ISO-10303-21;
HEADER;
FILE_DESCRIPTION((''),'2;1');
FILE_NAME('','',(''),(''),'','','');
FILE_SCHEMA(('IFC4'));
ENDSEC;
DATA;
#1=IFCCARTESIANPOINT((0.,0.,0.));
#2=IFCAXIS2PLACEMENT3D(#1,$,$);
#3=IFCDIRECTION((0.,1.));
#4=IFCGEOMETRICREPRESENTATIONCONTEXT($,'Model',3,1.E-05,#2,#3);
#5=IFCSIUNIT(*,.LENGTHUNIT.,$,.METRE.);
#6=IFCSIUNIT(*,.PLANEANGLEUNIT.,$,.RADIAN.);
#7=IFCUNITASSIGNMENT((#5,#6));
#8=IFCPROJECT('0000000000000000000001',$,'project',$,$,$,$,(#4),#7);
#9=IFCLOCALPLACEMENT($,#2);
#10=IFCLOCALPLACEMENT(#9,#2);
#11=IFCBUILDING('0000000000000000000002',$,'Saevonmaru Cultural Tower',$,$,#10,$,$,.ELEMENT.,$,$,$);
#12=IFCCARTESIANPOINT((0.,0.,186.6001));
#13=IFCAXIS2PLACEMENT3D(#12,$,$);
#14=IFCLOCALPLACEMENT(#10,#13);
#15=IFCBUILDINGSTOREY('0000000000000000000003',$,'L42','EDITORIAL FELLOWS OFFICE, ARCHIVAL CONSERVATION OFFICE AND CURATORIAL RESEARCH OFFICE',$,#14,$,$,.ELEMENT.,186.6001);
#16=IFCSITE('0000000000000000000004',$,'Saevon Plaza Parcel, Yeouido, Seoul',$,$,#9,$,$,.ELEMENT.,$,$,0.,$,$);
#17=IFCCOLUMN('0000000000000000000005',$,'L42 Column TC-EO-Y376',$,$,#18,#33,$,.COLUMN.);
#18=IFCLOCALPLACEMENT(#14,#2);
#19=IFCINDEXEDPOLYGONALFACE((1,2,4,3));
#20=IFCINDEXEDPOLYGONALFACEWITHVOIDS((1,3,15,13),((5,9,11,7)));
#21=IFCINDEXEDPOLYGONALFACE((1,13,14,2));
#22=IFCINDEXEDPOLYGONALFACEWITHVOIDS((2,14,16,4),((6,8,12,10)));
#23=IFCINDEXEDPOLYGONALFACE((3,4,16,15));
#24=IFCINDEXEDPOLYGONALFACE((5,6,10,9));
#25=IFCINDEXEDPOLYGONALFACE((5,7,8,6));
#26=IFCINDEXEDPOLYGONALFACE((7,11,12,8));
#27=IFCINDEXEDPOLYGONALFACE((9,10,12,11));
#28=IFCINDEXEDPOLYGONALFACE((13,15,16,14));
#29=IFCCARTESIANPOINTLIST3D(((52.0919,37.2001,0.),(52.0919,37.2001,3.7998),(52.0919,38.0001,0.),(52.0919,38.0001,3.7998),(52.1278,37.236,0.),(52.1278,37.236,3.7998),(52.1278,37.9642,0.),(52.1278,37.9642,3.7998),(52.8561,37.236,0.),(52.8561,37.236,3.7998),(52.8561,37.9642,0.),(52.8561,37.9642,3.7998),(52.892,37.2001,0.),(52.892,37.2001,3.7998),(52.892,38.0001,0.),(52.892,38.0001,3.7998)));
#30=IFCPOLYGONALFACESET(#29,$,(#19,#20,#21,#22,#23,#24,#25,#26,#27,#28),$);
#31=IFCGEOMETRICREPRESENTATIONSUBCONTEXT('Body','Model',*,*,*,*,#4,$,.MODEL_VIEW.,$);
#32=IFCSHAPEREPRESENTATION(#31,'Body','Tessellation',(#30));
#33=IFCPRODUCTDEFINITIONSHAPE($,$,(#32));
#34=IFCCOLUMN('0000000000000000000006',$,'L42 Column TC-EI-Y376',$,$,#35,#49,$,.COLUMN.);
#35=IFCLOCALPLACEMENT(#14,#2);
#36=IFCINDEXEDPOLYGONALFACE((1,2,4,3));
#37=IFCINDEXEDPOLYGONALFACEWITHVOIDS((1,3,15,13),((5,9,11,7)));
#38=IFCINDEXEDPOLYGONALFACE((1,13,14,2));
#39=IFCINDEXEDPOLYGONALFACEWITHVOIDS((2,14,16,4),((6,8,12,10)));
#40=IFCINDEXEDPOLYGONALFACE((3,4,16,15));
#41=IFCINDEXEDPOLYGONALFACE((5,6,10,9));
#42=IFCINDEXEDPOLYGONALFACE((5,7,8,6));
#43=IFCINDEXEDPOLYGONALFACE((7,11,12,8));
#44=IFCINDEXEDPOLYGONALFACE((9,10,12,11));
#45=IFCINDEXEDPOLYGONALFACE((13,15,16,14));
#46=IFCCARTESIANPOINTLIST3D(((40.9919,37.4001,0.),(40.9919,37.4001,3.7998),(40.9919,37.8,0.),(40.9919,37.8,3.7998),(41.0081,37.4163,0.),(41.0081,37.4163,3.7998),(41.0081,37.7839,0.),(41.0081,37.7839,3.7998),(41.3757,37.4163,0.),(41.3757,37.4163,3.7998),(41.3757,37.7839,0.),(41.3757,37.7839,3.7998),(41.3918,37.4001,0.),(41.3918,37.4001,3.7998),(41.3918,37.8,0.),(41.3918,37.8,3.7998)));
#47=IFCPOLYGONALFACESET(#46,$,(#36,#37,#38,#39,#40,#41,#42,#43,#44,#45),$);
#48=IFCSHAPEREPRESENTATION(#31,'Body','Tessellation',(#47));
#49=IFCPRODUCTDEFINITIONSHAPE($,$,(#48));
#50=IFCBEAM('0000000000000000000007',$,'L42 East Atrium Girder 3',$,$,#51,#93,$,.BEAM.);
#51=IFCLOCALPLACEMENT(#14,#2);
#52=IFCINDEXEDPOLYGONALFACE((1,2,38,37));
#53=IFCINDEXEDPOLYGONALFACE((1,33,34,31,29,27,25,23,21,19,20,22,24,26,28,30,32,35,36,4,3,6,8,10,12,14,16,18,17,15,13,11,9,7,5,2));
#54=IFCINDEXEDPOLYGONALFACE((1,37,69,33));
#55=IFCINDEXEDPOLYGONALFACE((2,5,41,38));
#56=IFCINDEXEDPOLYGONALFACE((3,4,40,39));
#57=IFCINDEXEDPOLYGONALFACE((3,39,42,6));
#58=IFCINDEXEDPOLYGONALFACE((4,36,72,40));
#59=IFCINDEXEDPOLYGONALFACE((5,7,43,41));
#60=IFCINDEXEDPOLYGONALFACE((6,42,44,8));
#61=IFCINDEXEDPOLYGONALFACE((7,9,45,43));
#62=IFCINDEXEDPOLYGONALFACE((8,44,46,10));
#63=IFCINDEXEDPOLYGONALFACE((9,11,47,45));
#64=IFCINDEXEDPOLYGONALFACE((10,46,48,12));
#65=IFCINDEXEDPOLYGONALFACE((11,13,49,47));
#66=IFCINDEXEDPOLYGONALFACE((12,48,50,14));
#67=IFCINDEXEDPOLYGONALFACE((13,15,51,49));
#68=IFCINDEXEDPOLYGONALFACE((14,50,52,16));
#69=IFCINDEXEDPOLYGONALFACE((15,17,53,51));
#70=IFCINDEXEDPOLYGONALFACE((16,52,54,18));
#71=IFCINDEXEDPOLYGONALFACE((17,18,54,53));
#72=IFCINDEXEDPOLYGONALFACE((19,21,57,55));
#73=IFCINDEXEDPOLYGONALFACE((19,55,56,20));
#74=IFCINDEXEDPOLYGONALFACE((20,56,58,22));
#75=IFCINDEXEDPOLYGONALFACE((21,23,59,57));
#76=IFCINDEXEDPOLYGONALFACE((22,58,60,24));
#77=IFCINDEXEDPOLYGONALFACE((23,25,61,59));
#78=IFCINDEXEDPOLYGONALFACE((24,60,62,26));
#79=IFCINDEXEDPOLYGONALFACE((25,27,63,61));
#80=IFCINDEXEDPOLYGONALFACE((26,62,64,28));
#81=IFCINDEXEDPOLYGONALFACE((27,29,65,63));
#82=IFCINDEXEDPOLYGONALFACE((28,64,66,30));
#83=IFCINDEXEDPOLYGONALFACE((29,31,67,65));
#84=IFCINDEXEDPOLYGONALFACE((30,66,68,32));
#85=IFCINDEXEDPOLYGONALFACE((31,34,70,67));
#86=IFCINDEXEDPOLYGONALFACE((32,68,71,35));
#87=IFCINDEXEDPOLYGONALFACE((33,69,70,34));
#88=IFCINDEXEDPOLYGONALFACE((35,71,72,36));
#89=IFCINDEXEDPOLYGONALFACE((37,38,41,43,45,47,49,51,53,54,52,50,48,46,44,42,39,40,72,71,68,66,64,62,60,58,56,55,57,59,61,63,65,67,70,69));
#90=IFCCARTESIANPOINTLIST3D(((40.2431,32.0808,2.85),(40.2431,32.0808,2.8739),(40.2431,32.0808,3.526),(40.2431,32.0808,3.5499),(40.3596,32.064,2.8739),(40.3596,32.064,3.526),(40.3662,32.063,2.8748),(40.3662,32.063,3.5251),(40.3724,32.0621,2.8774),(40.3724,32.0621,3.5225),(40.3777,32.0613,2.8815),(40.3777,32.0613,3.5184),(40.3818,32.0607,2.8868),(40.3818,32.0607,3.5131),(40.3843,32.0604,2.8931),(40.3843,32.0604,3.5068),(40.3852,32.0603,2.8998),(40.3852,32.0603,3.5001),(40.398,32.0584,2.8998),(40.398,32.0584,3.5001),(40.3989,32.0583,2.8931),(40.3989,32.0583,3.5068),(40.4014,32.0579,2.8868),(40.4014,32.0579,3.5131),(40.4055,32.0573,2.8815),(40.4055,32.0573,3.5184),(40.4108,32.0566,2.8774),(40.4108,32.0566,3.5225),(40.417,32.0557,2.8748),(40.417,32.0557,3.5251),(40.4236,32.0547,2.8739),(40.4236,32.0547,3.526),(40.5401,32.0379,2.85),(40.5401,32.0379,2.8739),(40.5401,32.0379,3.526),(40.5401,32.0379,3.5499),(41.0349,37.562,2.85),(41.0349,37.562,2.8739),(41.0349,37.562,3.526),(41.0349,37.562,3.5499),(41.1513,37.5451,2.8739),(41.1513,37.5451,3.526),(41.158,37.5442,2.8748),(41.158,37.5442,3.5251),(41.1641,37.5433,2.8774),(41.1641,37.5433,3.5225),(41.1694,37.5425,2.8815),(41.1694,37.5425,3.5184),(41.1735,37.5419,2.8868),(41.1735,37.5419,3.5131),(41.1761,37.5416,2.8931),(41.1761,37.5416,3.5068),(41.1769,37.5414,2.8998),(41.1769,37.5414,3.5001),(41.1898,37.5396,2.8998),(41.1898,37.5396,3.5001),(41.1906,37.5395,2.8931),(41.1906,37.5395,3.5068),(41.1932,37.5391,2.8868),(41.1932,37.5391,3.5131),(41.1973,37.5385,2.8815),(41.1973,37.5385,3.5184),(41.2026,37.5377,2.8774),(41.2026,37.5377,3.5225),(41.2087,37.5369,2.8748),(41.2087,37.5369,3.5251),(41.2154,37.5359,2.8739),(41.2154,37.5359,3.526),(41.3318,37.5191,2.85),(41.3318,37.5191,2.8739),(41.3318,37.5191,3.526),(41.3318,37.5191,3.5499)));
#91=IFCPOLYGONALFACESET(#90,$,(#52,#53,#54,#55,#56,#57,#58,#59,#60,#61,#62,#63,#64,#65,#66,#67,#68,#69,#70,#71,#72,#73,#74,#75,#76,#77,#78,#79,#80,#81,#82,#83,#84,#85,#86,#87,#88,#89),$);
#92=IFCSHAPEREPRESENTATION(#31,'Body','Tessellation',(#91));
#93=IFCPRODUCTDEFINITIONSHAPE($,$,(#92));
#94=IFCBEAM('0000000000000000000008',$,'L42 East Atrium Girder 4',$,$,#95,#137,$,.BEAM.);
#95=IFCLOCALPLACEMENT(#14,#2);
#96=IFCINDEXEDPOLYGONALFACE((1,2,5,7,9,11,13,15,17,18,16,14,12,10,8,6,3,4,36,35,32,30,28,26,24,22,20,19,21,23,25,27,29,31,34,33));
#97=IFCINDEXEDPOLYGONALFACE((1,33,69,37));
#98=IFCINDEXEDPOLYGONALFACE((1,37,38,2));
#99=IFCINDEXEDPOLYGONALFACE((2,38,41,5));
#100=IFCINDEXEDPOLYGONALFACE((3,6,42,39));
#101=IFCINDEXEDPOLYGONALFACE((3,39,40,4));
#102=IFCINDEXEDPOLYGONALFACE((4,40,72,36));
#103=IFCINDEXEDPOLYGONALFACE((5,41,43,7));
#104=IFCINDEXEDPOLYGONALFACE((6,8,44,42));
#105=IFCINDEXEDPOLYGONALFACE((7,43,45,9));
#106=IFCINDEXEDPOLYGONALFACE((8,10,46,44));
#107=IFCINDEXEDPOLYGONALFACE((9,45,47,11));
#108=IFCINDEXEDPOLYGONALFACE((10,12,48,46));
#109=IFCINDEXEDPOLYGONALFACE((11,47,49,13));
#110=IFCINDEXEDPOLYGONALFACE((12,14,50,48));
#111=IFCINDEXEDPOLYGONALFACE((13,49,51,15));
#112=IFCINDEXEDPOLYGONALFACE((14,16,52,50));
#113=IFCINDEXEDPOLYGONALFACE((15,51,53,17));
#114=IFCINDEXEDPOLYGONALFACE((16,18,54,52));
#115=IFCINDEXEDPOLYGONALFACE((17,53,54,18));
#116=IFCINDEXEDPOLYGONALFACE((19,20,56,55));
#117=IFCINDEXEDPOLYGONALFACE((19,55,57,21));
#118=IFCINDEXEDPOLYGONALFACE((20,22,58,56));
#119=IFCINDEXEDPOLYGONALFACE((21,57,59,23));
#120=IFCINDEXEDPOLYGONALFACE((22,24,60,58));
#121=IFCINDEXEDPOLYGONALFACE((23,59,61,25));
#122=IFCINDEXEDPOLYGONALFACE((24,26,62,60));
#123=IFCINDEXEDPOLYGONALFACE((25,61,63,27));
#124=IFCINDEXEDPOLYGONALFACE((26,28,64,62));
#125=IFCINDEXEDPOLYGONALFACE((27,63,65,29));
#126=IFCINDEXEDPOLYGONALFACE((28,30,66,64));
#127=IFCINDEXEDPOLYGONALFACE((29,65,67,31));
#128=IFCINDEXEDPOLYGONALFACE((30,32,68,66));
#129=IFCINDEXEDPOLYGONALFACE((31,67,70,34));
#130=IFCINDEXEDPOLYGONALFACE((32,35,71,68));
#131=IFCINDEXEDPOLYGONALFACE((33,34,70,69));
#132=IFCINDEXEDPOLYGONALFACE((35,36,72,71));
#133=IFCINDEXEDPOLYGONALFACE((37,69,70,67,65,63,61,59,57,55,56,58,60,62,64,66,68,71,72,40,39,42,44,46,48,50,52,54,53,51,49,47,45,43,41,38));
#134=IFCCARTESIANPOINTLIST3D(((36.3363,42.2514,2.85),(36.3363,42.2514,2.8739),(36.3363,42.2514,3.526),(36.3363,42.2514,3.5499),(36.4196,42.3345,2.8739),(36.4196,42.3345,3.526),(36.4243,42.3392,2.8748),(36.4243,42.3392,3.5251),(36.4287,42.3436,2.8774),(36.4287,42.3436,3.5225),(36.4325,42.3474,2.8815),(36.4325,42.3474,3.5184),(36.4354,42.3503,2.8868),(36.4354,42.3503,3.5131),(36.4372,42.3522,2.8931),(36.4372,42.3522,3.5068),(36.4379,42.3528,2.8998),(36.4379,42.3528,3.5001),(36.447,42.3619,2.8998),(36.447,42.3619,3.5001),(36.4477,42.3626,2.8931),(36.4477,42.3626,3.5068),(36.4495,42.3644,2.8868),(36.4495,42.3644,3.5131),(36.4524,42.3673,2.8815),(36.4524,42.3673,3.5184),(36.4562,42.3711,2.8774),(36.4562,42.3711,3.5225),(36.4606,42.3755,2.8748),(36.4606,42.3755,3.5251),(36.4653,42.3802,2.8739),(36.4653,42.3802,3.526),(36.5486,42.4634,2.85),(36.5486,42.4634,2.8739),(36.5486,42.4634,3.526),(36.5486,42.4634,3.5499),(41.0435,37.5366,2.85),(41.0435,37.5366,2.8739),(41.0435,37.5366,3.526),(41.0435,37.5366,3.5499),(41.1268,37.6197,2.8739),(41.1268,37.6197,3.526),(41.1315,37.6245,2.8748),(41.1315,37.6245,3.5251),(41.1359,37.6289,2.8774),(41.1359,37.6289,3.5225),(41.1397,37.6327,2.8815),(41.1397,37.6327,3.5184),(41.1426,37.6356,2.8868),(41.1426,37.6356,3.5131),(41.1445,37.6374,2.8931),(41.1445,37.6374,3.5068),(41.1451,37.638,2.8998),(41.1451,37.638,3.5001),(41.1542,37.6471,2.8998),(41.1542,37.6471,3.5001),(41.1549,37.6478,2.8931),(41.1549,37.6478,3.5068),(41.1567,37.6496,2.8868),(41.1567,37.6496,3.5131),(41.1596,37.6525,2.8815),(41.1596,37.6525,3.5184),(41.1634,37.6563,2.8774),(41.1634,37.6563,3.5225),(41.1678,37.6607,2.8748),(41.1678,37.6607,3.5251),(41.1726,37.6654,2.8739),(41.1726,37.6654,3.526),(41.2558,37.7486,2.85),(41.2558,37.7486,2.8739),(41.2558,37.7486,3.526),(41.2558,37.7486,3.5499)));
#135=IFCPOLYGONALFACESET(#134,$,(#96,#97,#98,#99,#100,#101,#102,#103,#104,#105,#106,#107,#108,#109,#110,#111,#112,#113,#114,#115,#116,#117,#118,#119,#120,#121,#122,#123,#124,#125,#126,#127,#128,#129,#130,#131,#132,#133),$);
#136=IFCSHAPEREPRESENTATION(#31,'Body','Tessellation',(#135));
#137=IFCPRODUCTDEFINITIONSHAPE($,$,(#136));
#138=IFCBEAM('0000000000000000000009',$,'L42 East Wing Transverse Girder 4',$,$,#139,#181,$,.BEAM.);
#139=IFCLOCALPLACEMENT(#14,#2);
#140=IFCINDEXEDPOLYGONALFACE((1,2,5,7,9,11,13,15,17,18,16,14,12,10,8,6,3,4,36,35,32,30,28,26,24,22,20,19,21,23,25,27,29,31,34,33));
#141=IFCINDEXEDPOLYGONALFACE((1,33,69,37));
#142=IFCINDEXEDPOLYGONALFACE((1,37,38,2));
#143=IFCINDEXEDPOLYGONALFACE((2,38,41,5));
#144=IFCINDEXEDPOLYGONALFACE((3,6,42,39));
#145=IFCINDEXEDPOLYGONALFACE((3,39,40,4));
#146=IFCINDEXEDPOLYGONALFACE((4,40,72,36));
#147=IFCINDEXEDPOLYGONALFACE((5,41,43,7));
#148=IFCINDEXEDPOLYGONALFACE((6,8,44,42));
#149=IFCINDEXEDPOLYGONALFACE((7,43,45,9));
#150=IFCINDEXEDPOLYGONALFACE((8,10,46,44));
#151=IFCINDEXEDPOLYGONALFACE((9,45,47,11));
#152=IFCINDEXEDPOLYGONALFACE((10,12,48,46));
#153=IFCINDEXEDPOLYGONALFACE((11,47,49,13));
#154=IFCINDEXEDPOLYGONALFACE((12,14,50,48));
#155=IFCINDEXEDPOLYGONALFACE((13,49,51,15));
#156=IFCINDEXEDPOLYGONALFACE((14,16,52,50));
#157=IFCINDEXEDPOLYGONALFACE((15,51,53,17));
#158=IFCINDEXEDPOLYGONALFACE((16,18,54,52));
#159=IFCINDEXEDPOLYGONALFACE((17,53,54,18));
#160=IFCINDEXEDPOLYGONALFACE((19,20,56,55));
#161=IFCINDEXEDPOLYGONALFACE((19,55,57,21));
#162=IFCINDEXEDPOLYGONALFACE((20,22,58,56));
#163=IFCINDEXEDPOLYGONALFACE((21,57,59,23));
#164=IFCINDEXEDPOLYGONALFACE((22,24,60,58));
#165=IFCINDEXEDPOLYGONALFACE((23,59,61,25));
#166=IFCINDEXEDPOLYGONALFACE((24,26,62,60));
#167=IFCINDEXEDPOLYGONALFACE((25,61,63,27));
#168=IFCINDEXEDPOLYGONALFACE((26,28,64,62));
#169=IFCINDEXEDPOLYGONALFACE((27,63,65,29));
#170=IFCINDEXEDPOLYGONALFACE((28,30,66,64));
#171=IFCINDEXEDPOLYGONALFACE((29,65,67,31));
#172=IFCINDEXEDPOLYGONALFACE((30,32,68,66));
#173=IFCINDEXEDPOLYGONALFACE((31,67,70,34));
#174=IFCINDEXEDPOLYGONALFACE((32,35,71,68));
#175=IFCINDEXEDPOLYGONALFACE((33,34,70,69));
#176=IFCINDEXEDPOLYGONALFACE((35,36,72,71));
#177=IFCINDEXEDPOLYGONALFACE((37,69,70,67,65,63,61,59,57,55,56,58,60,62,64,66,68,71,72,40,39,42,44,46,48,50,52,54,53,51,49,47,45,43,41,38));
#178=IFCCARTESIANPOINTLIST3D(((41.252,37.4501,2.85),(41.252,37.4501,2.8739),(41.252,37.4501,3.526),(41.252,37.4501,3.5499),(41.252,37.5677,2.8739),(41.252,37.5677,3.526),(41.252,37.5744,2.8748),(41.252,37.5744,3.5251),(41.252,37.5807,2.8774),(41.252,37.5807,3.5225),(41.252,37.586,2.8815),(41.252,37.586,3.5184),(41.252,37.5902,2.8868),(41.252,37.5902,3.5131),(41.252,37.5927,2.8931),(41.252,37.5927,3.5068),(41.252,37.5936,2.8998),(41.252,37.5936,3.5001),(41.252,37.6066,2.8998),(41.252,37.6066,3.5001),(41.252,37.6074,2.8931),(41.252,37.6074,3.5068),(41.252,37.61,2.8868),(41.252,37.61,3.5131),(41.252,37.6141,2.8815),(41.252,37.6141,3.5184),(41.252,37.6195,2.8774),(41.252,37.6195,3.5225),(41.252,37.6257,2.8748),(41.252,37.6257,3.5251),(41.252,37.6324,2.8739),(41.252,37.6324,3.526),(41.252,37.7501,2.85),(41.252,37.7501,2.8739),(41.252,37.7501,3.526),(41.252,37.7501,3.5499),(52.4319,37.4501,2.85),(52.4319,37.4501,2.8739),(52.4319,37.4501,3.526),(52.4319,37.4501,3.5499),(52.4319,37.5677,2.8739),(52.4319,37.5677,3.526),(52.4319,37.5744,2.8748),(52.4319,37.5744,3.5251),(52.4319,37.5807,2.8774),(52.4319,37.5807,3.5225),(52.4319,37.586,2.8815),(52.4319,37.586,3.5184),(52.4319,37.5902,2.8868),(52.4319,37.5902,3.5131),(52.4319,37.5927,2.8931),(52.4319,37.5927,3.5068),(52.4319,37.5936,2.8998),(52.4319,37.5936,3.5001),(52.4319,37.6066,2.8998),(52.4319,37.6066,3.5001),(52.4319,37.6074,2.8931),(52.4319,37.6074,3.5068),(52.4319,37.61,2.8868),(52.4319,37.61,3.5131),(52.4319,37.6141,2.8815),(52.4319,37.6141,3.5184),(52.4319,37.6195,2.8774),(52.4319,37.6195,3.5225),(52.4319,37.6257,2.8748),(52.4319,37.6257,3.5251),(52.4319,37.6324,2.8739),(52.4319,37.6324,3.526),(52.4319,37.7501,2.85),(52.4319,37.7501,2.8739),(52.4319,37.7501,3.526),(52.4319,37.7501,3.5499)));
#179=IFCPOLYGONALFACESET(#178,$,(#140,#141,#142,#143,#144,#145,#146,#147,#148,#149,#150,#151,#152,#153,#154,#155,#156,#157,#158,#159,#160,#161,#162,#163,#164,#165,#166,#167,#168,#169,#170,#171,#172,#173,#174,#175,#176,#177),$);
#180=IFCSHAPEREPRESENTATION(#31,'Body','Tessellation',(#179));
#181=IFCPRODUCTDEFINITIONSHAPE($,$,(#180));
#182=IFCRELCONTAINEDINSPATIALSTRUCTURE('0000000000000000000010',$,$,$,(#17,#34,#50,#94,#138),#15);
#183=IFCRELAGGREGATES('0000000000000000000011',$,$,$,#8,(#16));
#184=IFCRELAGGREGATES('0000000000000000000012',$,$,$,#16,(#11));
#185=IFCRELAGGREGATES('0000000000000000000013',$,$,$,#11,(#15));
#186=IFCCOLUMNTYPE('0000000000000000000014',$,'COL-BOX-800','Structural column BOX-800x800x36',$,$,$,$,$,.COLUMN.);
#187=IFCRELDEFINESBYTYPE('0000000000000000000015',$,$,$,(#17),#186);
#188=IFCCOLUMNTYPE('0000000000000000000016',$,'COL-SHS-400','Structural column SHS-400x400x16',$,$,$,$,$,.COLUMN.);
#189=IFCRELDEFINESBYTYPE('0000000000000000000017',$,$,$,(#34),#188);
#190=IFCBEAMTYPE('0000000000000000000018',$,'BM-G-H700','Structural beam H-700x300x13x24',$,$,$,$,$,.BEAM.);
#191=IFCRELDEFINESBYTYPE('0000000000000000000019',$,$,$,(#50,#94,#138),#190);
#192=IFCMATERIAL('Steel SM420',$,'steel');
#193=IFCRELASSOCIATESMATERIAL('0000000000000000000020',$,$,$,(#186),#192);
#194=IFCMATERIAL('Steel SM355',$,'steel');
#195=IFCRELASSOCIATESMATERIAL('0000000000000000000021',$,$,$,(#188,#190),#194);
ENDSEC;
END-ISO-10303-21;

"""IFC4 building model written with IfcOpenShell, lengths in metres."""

from ifc_helpers import new_model, si_unit, direction, frame, origin, origin_2d, place, context, subcontext, project, spatial, hollow_rectangle, i_section, extrude, material, material_profile, profile_set, type_object, element, save


model = new_model("IFC4")

# Units and contexts
model_context = context("Model", 3, precision=1e-05, world=origin(), true_north=direction((0.0, 1.0)))
body_context = subcontext(model_context, "Body", "Model", "MODEL_VIEW")
ifc_project = project(units=[si_unit("LENGTHUNIT", "METRE"), si_unit("PLANEANGLEUNIT", "RADIAN")], contexts=[model_context])

# Site, building, storey
site_placement = place(None, origin())
site = spatial("IfcSite", under=ifc_project, at=site_placement, Name="Saevon Plaza Parcel, Yeouido, Seoul", CompositionType="ELEMENT", RefElevation=0.0)
building_placement = place(site_placement, origin())
building = spatial("IfcBuilding", under=site, at=building_placement, Name="Saevonmaru Cultural Tower", CompositionType="ELEMENT")
storey_placement = place(building_placement, frame((0.0, 0.0, 186.6001)))
storey = spatial("IfcBuildingStorey", under=building, at=storey_placement, Name="L42", Description="EDITORIAL FELLOWS OFFICE, ARCHIVAL CONSERVATION OFFICE AND CURATORIAL RESEARCH OFFICE", CompositionType="ELEMENT", Elevation=186.6001)

# Columns
ifc_material_1 = material(Name="Steel SM420", Category="steel")
ifc_material_profile_1 = material_profile(ifc_material_1, hollow_rectangle(XDim=0.8, YDim=0.8, WallThickness=0.0359, at=origin_2d()), Name="BOX-800x800x36")
ifc_profile_set_1 = profile_set([ifc_material_profile_1], Name="Steel SM420")
column_type_1 = type_object("IfcColumnType", Name="COL-BOX-800", Description="Structural column BOX-800x800x36", PredefinedType="COLUMN", material=ifc_profile_set_1)
column_1_placement = place(storey_placement, frame((52.4919, 37.6001, 0.0), z_axis=(0.0, 0.0, 1.0), x_axis=(1.0, 0.0, 0.0)))
element("IfcColumn", 1, at=column_1_placement, inside=storey, type_object=column_type_1, Name="L42 Column TC-EO-Y376", PredefinedType="COLUMN", context=body_context, shape_type="SweptSolid", body=[
    extrude(hollow_rectangle(XDim=0.8, YDim=0.8, WallThickness=0.0359, at=origin_2d()), origin(), (0.0, 0.0, 1.0), 3.7998),
])
ifc_material_2 = material(Name="Steel SM355", Category="steel")
ifc_material_profile_2 = material_profile(ifc_material_2, hollow_rectangle(XDim=0.3999, YDim=0.3999, WallThickness=0.0161, at=origin_2d()), Name="SHS-400x400x16")
ifc_profile_set_2 = profile_set([ifc_material_profile_2], Name="Steel SM355")
column_type_2 = type_object("IfcColumnType", Name="COL-SHS-400", Description="Structural column SHS-400x400x16", PredefinedType="COLUMN", material=ifc_profile_set_2)
column_2_placement = place(storey_placement, frame((41.1919, 37.6001, 0.0), z_axis=(0.0, 0.0, 1.0), x_axis=(1.0, 0.0, 0.0)))
element("IfcColumn", 2, at=column_2_placement, inside=storey, type_object=column_type_2, Name="L42 Column TC-EI-Y376", PredefinedType="COLUMN", context=body_context, shape_type="SweptSolid", body=[
    extrude(hollow_rectangle(XDim=0.3999, YDim=0.3999, WallThickness=0.0161, at=origin_2d()), origin(), (0.0, 0.0, 1.0), 3.7998),
])

# Beams
ifc_material_profile_3 = material_profile(ifc_material_2, i_section(OverallWidth=0.3, OverallDepth=0.7, WebThickness=0.0129, FlangeThickness=0.0239, FilletRadius=0.0259, at=origin_2d()), Name="H-700x300x13x24")
ifc_profile_set_3 = profile_set([ifc_material_profile_3], Name="Steel SM355")
beam_type_1 = type_object("IfcBeamType", Name="BM-G-H700", Description="Structural beam H-700x300x13x24", PredefinedType="BEAM", material=ifc_profile_set_3)
beam_1_placement = place(storey_placement, frame((40.3916, 32.0593, 3.2), z_axis=(0.142964, 0.989728, 0.0), x_axis=(-0.989728, 0.142964, 0.0)))
element("IfcBeam", 3, at=beam_1_placement, inside=storey, type_object=beam_type_1, Name="L42 East Atrium Girder 3", PredefinedType="BEAM", context=body_context, shape_type="SweptSolid", body=[
    extrude(i_section(OverallWidth=0.3, OverallDepth=0.7, WebThickness=0.0129, FlangeThickness=0.0239, FilletRadius=0.0259, at=origin_2d()), origin(), (0.0, 0.0, 1.0), 5.5381),
])
beam_2_placement = place(storey_placement, frame((41.1497, 37.6426, 3.2), z_axis=(-0.706539, 0.707675, 0.0), x_axis=(-0.707675, -0.706539, 0.0)))
element("IfcBeam", 4, at=beam_2_placement, inside=storey, type_object=beam_type_1, Name="L42 East Atrium Girder 4", PredefinedType="BEAM", context=body_context, shape_type="SweptSolid", body=[
    extrude(i_section(OverallWidth=0.3, OverallDepth=0.7, WebThickness=0.0129, FlangeThickness=0.0239, FilletRadius=0.0259, at=origin_2d()), origin(), (0.0, 0.0, 1.0), 6.6624),
])
beam_3_placement = place(storey_placement, frame((41.252, 37.6001, 3.2), z_axis=(1.0, 0.0, 0.0), x_axis=(0.0, 1.0, 0.0)))
element("IfcBeam", 5, at=beam_3_placement, inside=storey, type_object=beam_type_1, Name="L42 East Wing Transverse Girder 4", PredefinedType="BEAM", context=body_context, shape_type="SweptSolid", body=[
    extrude(i_section(OverallWidth=0.3, OverallDepth=0.7, WebThickness=0.0129, FlangeThickness=0.0239, FilletRadius=0.0259, at=origin_2d()), origin(), (0.0, 0.0, 1.0), 11.1799),
])

save(model, "model.ifc")
